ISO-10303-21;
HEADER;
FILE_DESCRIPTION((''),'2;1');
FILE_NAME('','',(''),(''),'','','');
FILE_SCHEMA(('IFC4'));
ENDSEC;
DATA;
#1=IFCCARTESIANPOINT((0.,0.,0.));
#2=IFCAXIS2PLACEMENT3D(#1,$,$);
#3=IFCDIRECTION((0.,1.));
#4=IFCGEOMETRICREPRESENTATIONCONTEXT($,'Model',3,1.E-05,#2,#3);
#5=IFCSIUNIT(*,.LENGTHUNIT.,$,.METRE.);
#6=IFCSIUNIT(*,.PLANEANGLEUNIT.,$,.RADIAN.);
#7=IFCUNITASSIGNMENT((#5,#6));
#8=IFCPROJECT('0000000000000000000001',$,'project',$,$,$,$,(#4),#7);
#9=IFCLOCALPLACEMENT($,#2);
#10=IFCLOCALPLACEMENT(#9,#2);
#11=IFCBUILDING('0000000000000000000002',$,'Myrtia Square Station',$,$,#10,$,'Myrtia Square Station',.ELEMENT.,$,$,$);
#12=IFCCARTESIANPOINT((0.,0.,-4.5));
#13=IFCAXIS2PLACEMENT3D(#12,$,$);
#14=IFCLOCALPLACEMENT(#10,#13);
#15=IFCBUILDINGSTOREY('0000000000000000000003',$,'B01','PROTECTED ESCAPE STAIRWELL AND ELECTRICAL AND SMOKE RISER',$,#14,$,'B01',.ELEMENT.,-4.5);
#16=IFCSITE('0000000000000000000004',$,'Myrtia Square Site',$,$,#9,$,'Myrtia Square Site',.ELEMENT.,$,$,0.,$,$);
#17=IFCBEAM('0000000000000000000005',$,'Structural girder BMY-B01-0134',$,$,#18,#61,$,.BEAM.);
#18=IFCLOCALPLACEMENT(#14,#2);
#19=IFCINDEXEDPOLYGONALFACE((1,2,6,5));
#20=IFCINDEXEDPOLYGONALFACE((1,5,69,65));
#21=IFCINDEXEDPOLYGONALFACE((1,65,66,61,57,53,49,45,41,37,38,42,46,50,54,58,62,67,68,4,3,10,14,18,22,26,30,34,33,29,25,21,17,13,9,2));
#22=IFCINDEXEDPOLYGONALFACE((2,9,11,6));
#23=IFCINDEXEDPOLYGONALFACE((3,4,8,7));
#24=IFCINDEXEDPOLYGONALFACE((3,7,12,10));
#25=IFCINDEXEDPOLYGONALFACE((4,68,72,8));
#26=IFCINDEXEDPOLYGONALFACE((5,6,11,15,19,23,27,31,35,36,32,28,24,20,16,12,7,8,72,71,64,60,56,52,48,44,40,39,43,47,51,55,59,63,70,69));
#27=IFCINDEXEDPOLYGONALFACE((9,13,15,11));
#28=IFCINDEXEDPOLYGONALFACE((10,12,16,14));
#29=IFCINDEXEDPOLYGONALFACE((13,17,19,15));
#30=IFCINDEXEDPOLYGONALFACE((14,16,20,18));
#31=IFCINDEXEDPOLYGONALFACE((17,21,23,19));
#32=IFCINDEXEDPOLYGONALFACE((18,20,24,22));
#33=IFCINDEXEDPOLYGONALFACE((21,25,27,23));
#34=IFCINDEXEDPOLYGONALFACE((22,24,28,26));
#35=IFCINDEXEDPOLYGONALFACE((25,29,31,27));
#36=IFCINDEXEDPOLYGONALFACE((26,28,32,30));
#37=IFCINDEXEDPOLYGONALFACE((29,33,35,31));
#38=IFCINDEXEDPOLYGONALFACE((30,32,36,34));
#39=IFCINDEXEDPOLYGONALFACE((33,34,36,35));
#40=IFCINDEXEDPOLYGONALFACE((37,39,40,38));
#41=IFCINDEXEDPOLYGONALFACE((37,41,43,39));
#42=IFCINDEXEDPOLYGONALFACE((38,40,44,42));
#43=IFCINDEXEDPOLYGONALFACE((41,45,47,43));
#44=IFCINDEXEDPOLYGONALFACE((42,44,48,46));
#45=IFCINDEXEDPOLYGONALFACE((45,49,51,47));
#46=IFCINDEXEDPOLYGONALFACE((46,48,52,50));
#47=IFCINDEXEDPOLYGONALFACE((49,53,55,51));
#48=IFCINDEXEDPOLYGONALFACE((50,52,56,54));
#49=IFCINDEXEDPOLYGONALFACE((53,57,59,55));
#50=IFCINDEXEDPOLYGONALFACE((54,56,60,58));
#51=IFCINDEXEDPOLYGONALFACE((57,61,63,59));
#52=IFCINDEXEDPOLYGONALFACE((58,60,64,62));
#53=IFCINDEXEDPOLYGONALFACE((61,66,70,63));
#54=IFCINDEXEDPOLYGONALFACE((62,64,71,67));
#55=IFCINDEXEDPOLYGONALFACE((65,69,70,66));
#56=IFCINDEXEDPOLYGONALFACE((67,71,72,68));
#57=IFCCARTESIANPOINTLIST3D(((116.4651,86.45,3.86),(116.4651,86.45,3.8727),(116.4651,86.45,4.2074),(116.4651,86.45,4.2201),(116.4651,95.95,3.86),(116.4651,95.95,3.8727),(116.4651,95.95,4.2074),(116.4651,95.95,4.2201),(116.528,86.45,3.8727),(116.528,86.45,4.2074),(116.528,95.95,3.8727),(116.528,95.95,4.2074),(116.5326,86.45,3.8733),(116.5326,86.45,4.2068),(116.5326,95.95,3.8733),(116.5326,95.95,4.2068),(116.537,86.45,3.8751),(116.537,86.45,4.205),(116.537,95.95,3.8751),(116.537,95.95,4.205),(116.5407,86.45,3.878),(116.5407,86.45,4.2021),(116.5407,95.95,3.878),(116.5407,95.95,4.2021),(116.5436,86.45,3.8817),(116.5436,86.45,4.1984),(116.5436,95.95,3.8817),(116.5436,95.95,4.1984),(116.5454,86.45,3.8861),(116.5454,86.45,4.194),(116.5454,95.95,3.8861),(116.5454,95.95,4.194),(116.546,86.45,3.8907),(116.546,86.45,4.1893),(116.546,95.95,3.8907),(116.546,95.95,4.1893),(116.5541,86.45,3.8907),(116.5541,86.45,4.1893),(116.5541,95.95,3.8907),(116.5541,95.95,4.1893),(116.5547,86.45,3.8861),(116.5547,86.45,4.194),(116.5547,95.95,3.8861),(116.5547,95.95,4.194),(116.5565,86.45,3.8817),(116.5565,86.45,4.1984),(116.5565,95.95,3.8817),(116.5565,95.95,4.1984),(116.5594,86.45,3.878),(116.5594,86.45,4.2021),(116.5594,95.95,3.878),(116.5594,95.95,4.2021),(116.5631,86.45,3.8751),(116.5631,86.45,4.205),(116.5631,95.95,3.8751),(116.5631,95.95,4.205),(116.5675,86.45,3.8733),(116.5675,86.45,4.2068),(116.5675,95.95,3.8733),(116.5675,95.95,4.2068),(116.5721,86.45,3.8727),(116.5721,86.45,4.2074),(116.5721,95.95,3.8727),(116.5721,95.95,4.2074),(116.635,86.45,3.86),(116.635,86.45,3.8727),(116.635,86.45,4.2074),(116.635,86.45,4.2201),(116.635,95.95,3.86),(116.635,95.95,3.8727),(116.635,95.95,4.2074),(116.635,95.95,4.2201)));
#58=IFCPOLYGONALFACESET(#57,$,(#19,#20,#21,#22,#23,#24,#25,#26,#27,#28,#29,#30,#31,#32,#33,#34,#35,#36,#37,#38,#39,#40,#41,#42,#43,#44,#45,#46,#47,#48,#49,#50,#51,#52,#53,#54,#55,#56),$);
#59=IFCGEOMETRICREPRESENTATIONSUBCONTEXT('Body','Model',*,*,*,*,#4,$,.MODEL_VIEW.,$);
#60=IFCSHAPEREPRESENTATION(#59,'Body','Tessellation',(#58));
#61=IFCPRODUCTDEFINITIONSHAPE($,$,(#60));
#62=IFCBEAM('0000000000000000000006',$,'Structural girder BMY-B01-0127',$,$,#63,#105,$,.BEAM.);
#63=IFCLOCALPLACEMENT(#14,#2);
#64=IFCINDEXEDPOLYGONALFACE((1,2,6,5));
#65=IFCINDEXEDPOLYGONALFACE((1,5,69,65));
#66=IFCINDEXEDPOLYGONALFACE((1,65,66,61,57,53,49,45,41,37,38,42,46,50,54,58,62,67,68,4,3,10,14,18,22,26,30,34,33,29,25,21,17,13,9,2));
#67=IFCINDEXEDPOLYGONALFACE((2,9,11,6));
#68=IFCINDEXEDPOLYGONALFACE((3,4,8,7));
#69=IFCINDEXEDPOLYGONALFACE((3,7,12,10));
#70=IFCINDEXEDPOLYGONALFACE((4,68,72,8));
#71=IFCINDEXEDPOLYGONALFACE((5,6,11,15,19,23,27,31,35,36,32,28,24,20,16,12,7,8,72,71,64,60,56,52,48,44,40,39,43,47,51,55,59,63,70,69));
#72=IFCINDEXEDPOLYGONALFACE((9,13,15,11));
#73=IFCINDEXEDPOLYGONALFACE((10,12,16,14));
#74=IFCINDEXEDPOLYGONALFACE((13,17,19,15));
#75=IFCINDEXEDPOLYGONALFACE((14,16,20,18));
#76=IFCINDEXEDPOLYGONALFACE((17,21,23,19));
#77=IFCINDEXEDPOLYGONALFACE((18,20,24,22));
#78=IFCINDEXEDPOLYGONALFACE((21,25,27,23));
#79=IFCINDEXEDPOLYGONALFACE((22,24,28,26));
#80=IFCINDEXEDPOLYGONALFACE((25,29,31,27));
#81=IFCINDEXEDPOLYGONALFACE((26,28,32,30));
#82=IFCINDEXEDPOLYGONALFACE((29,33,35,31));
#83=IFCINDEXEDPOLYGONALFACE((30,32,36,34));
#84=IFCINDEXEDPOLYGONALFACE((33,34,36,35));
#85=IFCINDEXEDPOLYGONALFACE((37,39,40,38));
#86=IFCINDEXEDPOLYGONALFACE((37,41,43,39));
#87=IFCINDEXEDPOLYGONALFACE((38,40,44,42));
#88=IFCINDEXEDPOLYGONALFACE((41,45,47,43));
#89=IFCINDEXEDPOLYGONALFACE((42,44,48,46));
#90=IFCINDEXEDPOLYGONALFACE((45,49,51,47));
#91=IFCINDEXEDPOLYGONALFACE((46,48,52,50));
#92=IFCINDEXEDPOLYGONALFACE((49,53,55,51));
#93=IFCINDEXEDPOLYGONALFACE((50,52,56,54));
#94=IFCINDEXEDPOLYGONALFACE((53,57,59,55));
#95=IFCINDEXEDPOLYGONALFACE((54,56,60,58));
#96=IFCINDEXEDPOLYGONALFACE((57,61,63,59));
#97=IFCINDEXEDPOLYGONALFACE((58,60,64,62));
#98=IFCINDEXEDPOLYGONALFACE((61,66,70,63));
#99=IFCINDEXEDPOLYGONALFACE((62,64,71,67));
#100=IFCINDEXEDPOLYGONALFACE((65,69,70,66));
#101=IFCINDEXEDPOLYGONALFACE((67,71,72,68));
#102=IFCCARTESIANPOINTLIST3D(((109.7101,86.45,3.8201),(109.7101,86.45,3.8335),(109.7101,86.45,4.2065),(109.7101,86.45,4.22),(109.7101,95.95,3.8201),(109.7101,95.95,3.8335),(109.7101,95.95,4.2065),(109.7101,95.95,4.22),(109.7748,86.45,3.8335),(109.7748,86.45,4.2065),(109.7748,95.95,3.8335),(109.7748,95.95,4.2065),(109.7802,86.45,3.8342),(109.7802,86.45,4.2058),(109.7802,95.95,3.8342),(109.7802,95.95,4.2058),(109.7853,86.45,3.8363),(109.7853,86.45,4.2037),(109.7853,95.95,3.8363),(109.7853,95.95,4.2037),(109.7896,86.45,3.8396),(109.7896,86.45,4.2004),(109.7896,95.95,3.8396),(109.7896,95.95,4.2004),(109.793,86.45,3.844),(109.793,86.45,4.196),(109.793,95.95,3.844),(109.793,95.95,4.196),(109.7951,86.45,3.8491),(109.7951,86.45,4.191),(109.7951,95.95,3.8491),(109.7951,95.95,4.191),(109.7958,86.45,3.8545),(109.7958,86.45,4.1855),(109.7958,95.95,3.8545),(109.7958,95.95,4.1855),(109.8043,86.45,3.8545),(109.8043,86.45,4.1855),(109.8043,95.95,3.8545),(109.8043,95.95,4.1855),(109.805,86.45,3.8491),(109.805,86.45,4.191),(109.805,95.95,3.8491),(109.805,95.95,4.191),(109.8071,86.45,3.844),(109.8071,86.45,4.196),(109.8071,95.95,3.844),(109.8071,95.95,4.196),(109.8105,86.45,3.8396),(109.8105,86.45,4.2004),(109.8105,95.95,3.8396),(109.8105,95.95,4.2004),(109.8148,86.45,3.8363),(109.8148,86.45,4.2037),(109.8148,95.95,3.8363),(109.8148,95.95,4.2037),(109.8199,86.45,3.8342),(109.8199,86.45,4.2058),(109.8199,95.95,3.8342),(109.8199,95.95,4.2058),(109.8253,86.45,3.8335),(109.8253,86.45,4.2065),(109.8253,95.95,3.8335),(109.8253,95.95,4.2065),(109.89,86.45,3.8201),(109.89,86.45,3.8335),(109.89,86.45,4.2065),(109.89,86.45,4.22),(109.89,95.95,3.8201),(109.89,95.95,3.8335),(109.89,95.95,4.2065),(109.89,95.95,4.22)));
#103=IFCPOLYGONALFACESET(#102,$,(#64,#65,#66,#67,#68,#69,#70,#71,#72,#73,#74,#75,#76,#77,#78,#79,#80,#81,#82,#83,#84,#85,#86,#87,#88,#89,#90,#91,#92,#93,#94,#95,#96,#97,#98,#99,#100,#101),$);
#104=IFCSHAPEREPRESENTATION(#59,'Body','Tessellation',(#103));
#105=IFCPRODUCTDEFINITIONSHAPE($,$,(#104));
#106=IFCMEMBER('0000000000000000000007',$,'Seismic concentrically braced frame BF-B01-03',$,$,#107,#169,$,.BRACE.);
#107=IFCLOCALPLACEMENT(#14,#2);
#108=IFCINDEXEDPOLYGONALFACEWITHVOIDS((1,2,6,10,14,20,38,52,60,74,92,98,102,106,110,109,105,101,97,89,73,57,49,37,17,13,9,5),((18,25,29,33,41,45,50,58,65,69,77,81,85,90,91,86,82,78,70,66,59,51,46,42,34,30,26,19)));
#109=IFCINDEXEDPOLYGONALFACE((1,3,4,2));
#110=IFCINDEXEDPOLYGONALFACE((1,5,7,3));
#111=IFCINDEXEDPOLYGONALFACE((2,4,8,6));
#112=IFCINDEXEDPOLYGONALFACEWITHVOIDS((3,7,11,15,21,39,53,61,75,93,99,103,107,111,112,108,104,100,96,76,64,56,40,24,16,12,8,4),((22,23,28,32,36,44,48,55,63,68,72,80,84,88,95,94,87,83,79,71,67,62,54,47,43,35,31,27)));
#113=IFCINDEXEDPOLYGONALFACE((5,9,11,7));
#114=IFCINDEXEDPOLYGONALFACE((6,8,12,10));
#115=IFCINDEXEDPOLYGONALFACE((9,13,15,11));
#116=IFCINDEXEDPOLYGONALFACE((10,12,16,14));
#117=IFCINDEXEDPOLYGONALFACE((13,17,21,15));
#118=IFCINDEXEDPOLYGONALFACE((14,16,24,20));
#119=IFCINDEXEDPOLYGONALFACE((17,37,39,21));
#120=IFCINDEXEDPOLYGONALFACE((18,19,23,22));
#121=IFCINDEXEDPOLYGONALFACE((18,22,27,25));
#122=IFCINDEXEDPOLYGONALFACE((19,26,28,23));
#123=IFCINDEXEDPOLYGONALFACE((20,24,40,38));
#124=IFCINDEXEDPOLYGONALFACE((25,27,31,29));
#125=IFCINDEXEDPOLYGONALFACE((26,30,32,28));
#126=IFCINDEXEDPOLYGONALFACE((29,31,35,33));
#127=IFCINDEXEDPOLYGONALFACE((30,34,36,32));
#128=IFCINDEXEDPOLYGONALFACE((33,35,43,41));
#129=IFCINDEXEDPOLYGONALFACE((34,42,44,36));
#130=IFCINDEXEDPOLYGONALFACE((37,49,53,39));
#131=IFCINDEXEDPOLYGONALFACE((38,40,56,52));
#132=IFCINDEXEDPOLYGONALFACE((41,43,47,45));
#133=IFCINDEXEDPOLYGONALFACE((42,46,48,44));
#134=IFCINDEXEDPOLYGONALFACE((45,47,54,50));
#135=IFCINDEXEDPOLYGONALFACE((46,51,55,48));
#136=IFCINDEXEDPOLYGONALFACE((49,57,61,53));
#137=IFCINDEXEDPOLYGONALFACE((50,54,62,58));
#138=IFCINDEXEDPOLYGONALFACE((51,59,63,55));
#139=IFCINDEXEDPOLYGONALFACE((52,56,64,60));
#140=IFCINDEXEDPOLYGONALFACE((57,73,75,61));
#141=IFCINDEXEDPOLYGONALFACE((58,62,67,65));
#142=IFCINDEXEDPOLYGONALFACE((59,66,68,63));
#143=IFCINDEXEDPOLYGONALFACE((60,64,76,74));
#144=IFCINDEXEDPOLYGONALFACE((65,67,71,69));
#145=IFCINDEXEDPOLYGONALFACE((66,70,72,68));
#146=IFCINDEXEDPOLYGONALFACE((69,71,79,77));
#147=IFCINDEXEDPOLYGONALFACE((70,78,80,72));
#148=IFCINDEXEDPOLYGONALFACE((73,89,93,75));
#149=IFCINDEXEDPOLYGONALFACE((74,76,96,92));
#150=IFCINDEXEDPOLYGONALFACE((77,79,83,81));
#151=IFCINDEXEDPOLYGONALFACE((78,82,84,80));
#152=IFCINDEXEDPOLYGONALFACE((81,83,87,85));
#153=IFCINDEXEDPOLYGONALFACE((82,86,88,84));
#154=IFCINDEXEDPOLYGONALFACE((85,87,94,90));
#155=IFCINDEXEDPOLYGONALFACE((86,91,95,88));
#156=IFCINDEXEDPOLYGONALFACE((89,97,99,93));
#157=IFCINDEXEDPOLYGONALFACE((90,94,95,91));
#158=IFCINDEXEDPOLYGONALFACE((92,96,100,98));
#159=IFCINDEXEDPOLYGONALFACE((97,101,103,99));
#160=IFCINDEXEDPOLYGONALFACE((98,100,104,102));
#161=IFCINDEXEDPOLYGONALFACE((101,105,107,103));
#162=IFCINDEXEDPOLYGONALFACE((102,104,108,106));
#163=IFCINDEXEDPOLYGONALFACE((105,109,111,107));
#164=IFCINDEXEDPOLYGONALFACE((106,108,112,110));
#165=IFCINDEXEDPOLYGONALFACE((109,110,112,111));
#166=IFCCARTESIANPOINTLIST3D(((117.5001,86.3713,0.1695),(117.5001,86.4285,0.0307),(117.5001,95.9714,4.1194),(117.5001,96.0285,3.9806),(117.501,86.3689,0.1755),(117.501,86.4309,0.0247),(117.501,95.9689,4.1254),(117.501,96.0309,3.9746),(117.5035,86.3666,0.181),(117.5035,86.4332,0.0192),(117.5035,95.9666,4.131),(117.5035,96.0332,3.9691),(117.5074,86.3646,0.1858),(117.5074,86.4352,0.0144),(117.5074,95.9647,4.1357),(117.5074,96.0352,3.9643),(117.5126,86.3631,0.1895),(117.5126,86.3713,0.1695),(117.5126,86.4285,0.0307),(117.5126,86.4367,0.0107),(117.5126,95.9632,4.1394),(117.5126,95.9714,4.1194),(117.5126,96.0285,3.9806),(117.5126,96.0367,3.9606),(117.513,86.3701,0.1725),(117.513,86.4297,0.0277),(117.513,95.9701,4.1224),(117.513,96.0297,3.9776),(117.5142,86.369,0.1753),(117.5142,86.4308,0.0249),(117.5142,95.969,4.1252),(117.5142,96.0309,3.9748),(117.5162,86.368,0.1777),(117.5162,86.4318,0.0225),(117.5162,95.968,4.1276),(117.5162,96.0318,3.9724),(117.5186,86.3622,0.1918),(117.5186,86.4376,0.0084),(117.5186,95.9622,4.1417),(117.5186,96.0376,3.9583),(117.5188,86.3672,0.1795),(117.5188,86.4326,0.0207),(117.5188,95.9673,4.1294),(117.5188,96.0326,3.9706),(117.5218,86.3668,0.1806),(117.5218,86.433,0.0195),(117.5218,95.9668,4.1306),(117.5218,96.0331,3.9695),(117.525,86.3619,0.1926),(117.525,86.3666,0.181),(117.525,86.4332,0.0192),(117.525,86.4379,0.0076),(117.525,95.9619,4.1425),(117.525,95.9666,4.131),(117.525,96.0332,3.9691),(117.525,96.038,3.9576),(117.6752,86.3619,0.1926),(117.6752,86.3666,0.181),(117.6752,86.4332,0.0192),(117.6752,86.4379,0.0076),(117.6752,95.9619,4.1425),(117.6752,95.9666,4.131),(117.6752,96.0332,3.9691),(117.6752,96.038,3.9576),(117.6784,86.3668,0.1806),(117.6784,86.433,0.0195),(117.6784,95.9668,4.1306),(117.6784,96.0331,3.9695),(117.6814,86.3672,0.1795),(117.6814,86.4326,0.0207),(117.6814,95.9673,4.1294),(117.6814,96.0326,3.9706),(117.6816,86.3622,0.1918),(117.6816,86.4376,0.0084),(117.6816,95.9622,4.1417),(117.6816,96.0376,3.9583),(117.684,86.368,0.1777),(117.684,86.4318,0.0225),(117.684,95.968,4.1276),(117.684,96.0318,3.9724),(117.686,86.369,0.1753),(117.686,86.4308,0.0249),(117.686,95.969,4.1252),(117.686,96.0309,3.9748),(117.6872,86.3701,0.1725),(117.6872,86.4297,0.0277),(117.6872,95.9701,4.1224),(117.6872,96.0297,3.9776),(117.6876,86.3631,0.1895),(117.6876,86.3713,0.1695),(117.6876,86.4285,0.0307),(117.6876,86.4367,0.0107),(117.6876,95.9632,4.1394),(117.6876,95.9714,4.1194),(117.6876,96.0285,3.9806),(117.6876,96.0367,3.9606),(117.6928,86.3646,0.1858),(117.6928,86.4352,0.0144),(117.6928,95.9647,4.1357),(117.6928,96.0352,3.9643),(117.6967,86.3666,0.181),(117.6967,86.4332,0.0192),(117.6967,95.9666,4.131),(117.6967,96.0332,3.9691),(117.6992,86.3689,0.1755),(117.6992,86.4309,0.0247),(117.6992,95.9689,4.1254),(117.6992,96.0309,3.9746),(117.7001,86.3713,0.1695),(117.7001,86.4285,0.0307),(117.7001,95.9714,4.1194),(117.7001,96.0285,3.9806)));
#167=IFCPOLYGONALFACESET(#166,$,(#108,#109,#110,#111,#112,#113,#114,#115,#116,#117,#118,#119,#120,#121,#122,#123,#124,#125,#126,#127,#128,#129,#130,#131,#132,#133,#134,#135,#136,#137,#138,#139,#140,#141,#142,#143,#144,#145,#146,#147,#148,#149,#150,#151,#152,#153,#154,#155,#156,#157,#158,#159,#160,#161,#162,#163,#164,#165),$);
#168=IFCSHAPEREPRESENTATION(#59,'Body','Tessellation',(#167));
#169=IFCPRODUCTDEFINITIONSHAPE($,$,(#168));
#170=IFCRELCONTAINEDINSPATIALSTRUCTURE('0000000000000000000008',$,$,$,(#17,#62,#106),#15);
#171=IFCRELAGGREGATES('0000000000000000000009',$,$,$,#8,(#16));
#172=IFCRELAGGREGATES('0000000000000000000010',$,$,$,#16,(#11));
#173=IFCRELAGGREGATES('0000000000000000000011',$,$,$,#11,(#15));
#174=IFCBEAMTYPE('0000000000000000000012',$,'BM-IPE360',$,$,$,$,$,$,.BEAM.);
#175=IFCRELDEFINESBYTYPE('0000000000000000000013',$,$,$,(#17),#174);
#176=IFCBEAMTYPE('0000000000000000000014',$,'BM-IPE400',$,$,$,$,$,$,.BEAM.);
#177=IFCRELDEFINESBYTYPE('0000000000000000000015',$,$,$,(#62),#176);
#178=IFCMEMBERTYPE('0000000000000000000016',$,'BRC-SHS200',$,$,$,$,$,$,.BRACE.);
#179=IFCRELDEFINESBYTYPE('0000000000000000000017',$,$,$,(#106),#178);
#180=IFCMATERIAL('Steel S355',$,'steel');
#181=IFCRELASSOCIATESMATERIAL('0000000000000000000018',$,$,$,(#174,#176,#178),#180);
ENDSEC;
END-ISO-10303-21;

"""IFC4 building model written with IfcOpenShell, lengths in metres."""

from ifc_helpers import new_model, si_unit, direction, frame, origin, origin_2d, place, context, subcontext, project, spatial, hollow_rectangle, i_section, extrude, material, material_profile, profile_set, type_object, element, save


model = new_model("IFC4")

# Units and contexts
model_context = context("Model", 3, precision=1e-05, world=origin(), true_north=direction((0.0, 1.0)))
body_context = subcontext(model_context, "Body", "Model", "MODEL_VIEW")
ifc_project = project(units=[si_unit("LENGTHUNIT", "METRE"), si_unit("PLANEANGLEUNIT", "RADIAN")], contexts=[model_context])

# Site, building, storey
site_placement = place(None, origin())
site = spatial("IfcSite", under=ifc_project, at=site_placement, Name="Myrtia Square Site", LongName="Myrtia Square Site", CompositionType="ELEMENT", RefElevation=0.0)
building_placement = place(site_placement, origin())
building = spatial("IfcBuilding", under=site, at=building_placement, Name="Myrtia Square Station", LongName="Myrtia Square Station", CompositionType="ELEMENT")
storey_placement = place(building_placement, frame((0.0, 0.0, -4.5)))
storey = spatial("IfcBuildingStorey", under=building, at=storey_placement, Name="B01", Description="PROTECTED ESCAPE STAIRWELL AND ELECTRICAL AND SMOKE RISER", LongName="B01", CompositionType="ELEMENT", Elevation=-4.5)

# Shared definitions
ifc_material_1 = material(Name="Steel S355", Category="steel")

# Beams
ifc_material_profile_1 = material_profile(ifc_material_1, i_section(OverallWidth=0.1699, OverallDepth=0.3601, WebThickness=0.0081, FlangeThickness=0.0127, FilletRadius=0.0181, at=origin_2d()), Name="IPE 360")
ifc_profile_set_1 = profile_set([ifc_material_profile_1], Name="Steel S355")
beam_type_1 = type_object("IfcBeamType", Name="BM-IPE360", PredefinedType="BEAM", material=ifc_profile_set_1)
beam_1_placement = place(storey_placement, frame((116.55, 86.45, 4.04), z_axis=(0.0, 1.0, 0.0), x_axis=(-1.0, 0.0, 0.0)))
element("IfcBeam", 1, at=beam_1_placement, inside=storey, type_object=beam_type_1, Name="Structural girder BMY-B01-0134", PredefinedType="BEAM", context=body_context, shape_type="SweptSolid", body=[
    extrude(i_section(OverallWidth=0.1699, OverallDepth=0.3601, WebThickness=0.0081, FlangeThickness=0.0127, FilletRadius=0.0181, at=origin_2d()), origin(), (0.0, 0.0, 1.0), 9.5),
])
ifc_material_profile_2 = material_profile(ifc_material_1, i_section(OverallWidth=0.1799, OverallDepth=0.3999, WebThickness=0.0085, FlangeThickness=0.0134, FilletRadius=0.021, at=origin_2d()), Name="IPE 400")
ifc_profile_set_2 = profile_set([ifc_material_profile_2], Name="Steel S355")
beam_type_2 = type_object("IfcBeamType", Name="BM-IPE400", PredefinedType="BEAM", material=ifc_profile_set_2)
beam_2_placement = place(storey_placement, frame((109.8, 86.45, 4.02), z_axis=(0.0, 1.0, 0.0), x_axis=(-1.0, 0.0, 0.0)))
element("IfcBeam", 2, at=beam_2_placement, inside=storey, type_object=beam_type_2, Name="Structural girder BMY-B01-0127", PredefinedType="BEAM", context=body_context, shape_type="SweptSolid", body=[
    extrude(i_section(OverallWidth=0.1799, OverallDepth=0.3999, WebThickness=0.0085, FlangeThickness=0.0134, FilletRadius=0.021, at=origin_2d()), origin(), (0.0, 0.0, 1.0), 9.5),
])

# Member
ifc_material_profile_3 = material_profile(ifc_material_1, hollow_rectangle(XDim=0.2, YDim=0.2, WallThickness=0.0125, InnerFilletRadius=0.0125, OuterFilletRadius=0.0249, at=origin_2d()), Name="SHS 200x200x12.5")
ifc_profile_set_3 = profile_set([ifc_material_profile_3], Name="Steel S355")
member_type = type_object("IfcMemberType", Name="BRC-SHS200", PredefinedType="BRACE", material=ifc_profile_set_3)
member_placement = place(storey_placement, frame((117.6001, 86.3999, 0.1001), z_axis=(0.0, 0.924781, 0.3805), x_axis=(-1.0, 0.0, 0.0)))
element("IfcMember", 3, at=member_placement, inside=storey, type_object=member_type, Name="Seismic concentrically braced frame BF-B01-03", PredefinedType="BRACE", context=body_context, shape_type="SweptSolid", body=[
    extrude(hollow_rectangle(XDim=0.2, YDim=0.2, WallThickness=0.0125, InnerFilletRadius=0.0125, OuterFilletRadius=0.0249, at=origin_2d()), origin(), (0.0, 0.0, 1.0), 10.3809),
])

save(model, "model.ifc")
